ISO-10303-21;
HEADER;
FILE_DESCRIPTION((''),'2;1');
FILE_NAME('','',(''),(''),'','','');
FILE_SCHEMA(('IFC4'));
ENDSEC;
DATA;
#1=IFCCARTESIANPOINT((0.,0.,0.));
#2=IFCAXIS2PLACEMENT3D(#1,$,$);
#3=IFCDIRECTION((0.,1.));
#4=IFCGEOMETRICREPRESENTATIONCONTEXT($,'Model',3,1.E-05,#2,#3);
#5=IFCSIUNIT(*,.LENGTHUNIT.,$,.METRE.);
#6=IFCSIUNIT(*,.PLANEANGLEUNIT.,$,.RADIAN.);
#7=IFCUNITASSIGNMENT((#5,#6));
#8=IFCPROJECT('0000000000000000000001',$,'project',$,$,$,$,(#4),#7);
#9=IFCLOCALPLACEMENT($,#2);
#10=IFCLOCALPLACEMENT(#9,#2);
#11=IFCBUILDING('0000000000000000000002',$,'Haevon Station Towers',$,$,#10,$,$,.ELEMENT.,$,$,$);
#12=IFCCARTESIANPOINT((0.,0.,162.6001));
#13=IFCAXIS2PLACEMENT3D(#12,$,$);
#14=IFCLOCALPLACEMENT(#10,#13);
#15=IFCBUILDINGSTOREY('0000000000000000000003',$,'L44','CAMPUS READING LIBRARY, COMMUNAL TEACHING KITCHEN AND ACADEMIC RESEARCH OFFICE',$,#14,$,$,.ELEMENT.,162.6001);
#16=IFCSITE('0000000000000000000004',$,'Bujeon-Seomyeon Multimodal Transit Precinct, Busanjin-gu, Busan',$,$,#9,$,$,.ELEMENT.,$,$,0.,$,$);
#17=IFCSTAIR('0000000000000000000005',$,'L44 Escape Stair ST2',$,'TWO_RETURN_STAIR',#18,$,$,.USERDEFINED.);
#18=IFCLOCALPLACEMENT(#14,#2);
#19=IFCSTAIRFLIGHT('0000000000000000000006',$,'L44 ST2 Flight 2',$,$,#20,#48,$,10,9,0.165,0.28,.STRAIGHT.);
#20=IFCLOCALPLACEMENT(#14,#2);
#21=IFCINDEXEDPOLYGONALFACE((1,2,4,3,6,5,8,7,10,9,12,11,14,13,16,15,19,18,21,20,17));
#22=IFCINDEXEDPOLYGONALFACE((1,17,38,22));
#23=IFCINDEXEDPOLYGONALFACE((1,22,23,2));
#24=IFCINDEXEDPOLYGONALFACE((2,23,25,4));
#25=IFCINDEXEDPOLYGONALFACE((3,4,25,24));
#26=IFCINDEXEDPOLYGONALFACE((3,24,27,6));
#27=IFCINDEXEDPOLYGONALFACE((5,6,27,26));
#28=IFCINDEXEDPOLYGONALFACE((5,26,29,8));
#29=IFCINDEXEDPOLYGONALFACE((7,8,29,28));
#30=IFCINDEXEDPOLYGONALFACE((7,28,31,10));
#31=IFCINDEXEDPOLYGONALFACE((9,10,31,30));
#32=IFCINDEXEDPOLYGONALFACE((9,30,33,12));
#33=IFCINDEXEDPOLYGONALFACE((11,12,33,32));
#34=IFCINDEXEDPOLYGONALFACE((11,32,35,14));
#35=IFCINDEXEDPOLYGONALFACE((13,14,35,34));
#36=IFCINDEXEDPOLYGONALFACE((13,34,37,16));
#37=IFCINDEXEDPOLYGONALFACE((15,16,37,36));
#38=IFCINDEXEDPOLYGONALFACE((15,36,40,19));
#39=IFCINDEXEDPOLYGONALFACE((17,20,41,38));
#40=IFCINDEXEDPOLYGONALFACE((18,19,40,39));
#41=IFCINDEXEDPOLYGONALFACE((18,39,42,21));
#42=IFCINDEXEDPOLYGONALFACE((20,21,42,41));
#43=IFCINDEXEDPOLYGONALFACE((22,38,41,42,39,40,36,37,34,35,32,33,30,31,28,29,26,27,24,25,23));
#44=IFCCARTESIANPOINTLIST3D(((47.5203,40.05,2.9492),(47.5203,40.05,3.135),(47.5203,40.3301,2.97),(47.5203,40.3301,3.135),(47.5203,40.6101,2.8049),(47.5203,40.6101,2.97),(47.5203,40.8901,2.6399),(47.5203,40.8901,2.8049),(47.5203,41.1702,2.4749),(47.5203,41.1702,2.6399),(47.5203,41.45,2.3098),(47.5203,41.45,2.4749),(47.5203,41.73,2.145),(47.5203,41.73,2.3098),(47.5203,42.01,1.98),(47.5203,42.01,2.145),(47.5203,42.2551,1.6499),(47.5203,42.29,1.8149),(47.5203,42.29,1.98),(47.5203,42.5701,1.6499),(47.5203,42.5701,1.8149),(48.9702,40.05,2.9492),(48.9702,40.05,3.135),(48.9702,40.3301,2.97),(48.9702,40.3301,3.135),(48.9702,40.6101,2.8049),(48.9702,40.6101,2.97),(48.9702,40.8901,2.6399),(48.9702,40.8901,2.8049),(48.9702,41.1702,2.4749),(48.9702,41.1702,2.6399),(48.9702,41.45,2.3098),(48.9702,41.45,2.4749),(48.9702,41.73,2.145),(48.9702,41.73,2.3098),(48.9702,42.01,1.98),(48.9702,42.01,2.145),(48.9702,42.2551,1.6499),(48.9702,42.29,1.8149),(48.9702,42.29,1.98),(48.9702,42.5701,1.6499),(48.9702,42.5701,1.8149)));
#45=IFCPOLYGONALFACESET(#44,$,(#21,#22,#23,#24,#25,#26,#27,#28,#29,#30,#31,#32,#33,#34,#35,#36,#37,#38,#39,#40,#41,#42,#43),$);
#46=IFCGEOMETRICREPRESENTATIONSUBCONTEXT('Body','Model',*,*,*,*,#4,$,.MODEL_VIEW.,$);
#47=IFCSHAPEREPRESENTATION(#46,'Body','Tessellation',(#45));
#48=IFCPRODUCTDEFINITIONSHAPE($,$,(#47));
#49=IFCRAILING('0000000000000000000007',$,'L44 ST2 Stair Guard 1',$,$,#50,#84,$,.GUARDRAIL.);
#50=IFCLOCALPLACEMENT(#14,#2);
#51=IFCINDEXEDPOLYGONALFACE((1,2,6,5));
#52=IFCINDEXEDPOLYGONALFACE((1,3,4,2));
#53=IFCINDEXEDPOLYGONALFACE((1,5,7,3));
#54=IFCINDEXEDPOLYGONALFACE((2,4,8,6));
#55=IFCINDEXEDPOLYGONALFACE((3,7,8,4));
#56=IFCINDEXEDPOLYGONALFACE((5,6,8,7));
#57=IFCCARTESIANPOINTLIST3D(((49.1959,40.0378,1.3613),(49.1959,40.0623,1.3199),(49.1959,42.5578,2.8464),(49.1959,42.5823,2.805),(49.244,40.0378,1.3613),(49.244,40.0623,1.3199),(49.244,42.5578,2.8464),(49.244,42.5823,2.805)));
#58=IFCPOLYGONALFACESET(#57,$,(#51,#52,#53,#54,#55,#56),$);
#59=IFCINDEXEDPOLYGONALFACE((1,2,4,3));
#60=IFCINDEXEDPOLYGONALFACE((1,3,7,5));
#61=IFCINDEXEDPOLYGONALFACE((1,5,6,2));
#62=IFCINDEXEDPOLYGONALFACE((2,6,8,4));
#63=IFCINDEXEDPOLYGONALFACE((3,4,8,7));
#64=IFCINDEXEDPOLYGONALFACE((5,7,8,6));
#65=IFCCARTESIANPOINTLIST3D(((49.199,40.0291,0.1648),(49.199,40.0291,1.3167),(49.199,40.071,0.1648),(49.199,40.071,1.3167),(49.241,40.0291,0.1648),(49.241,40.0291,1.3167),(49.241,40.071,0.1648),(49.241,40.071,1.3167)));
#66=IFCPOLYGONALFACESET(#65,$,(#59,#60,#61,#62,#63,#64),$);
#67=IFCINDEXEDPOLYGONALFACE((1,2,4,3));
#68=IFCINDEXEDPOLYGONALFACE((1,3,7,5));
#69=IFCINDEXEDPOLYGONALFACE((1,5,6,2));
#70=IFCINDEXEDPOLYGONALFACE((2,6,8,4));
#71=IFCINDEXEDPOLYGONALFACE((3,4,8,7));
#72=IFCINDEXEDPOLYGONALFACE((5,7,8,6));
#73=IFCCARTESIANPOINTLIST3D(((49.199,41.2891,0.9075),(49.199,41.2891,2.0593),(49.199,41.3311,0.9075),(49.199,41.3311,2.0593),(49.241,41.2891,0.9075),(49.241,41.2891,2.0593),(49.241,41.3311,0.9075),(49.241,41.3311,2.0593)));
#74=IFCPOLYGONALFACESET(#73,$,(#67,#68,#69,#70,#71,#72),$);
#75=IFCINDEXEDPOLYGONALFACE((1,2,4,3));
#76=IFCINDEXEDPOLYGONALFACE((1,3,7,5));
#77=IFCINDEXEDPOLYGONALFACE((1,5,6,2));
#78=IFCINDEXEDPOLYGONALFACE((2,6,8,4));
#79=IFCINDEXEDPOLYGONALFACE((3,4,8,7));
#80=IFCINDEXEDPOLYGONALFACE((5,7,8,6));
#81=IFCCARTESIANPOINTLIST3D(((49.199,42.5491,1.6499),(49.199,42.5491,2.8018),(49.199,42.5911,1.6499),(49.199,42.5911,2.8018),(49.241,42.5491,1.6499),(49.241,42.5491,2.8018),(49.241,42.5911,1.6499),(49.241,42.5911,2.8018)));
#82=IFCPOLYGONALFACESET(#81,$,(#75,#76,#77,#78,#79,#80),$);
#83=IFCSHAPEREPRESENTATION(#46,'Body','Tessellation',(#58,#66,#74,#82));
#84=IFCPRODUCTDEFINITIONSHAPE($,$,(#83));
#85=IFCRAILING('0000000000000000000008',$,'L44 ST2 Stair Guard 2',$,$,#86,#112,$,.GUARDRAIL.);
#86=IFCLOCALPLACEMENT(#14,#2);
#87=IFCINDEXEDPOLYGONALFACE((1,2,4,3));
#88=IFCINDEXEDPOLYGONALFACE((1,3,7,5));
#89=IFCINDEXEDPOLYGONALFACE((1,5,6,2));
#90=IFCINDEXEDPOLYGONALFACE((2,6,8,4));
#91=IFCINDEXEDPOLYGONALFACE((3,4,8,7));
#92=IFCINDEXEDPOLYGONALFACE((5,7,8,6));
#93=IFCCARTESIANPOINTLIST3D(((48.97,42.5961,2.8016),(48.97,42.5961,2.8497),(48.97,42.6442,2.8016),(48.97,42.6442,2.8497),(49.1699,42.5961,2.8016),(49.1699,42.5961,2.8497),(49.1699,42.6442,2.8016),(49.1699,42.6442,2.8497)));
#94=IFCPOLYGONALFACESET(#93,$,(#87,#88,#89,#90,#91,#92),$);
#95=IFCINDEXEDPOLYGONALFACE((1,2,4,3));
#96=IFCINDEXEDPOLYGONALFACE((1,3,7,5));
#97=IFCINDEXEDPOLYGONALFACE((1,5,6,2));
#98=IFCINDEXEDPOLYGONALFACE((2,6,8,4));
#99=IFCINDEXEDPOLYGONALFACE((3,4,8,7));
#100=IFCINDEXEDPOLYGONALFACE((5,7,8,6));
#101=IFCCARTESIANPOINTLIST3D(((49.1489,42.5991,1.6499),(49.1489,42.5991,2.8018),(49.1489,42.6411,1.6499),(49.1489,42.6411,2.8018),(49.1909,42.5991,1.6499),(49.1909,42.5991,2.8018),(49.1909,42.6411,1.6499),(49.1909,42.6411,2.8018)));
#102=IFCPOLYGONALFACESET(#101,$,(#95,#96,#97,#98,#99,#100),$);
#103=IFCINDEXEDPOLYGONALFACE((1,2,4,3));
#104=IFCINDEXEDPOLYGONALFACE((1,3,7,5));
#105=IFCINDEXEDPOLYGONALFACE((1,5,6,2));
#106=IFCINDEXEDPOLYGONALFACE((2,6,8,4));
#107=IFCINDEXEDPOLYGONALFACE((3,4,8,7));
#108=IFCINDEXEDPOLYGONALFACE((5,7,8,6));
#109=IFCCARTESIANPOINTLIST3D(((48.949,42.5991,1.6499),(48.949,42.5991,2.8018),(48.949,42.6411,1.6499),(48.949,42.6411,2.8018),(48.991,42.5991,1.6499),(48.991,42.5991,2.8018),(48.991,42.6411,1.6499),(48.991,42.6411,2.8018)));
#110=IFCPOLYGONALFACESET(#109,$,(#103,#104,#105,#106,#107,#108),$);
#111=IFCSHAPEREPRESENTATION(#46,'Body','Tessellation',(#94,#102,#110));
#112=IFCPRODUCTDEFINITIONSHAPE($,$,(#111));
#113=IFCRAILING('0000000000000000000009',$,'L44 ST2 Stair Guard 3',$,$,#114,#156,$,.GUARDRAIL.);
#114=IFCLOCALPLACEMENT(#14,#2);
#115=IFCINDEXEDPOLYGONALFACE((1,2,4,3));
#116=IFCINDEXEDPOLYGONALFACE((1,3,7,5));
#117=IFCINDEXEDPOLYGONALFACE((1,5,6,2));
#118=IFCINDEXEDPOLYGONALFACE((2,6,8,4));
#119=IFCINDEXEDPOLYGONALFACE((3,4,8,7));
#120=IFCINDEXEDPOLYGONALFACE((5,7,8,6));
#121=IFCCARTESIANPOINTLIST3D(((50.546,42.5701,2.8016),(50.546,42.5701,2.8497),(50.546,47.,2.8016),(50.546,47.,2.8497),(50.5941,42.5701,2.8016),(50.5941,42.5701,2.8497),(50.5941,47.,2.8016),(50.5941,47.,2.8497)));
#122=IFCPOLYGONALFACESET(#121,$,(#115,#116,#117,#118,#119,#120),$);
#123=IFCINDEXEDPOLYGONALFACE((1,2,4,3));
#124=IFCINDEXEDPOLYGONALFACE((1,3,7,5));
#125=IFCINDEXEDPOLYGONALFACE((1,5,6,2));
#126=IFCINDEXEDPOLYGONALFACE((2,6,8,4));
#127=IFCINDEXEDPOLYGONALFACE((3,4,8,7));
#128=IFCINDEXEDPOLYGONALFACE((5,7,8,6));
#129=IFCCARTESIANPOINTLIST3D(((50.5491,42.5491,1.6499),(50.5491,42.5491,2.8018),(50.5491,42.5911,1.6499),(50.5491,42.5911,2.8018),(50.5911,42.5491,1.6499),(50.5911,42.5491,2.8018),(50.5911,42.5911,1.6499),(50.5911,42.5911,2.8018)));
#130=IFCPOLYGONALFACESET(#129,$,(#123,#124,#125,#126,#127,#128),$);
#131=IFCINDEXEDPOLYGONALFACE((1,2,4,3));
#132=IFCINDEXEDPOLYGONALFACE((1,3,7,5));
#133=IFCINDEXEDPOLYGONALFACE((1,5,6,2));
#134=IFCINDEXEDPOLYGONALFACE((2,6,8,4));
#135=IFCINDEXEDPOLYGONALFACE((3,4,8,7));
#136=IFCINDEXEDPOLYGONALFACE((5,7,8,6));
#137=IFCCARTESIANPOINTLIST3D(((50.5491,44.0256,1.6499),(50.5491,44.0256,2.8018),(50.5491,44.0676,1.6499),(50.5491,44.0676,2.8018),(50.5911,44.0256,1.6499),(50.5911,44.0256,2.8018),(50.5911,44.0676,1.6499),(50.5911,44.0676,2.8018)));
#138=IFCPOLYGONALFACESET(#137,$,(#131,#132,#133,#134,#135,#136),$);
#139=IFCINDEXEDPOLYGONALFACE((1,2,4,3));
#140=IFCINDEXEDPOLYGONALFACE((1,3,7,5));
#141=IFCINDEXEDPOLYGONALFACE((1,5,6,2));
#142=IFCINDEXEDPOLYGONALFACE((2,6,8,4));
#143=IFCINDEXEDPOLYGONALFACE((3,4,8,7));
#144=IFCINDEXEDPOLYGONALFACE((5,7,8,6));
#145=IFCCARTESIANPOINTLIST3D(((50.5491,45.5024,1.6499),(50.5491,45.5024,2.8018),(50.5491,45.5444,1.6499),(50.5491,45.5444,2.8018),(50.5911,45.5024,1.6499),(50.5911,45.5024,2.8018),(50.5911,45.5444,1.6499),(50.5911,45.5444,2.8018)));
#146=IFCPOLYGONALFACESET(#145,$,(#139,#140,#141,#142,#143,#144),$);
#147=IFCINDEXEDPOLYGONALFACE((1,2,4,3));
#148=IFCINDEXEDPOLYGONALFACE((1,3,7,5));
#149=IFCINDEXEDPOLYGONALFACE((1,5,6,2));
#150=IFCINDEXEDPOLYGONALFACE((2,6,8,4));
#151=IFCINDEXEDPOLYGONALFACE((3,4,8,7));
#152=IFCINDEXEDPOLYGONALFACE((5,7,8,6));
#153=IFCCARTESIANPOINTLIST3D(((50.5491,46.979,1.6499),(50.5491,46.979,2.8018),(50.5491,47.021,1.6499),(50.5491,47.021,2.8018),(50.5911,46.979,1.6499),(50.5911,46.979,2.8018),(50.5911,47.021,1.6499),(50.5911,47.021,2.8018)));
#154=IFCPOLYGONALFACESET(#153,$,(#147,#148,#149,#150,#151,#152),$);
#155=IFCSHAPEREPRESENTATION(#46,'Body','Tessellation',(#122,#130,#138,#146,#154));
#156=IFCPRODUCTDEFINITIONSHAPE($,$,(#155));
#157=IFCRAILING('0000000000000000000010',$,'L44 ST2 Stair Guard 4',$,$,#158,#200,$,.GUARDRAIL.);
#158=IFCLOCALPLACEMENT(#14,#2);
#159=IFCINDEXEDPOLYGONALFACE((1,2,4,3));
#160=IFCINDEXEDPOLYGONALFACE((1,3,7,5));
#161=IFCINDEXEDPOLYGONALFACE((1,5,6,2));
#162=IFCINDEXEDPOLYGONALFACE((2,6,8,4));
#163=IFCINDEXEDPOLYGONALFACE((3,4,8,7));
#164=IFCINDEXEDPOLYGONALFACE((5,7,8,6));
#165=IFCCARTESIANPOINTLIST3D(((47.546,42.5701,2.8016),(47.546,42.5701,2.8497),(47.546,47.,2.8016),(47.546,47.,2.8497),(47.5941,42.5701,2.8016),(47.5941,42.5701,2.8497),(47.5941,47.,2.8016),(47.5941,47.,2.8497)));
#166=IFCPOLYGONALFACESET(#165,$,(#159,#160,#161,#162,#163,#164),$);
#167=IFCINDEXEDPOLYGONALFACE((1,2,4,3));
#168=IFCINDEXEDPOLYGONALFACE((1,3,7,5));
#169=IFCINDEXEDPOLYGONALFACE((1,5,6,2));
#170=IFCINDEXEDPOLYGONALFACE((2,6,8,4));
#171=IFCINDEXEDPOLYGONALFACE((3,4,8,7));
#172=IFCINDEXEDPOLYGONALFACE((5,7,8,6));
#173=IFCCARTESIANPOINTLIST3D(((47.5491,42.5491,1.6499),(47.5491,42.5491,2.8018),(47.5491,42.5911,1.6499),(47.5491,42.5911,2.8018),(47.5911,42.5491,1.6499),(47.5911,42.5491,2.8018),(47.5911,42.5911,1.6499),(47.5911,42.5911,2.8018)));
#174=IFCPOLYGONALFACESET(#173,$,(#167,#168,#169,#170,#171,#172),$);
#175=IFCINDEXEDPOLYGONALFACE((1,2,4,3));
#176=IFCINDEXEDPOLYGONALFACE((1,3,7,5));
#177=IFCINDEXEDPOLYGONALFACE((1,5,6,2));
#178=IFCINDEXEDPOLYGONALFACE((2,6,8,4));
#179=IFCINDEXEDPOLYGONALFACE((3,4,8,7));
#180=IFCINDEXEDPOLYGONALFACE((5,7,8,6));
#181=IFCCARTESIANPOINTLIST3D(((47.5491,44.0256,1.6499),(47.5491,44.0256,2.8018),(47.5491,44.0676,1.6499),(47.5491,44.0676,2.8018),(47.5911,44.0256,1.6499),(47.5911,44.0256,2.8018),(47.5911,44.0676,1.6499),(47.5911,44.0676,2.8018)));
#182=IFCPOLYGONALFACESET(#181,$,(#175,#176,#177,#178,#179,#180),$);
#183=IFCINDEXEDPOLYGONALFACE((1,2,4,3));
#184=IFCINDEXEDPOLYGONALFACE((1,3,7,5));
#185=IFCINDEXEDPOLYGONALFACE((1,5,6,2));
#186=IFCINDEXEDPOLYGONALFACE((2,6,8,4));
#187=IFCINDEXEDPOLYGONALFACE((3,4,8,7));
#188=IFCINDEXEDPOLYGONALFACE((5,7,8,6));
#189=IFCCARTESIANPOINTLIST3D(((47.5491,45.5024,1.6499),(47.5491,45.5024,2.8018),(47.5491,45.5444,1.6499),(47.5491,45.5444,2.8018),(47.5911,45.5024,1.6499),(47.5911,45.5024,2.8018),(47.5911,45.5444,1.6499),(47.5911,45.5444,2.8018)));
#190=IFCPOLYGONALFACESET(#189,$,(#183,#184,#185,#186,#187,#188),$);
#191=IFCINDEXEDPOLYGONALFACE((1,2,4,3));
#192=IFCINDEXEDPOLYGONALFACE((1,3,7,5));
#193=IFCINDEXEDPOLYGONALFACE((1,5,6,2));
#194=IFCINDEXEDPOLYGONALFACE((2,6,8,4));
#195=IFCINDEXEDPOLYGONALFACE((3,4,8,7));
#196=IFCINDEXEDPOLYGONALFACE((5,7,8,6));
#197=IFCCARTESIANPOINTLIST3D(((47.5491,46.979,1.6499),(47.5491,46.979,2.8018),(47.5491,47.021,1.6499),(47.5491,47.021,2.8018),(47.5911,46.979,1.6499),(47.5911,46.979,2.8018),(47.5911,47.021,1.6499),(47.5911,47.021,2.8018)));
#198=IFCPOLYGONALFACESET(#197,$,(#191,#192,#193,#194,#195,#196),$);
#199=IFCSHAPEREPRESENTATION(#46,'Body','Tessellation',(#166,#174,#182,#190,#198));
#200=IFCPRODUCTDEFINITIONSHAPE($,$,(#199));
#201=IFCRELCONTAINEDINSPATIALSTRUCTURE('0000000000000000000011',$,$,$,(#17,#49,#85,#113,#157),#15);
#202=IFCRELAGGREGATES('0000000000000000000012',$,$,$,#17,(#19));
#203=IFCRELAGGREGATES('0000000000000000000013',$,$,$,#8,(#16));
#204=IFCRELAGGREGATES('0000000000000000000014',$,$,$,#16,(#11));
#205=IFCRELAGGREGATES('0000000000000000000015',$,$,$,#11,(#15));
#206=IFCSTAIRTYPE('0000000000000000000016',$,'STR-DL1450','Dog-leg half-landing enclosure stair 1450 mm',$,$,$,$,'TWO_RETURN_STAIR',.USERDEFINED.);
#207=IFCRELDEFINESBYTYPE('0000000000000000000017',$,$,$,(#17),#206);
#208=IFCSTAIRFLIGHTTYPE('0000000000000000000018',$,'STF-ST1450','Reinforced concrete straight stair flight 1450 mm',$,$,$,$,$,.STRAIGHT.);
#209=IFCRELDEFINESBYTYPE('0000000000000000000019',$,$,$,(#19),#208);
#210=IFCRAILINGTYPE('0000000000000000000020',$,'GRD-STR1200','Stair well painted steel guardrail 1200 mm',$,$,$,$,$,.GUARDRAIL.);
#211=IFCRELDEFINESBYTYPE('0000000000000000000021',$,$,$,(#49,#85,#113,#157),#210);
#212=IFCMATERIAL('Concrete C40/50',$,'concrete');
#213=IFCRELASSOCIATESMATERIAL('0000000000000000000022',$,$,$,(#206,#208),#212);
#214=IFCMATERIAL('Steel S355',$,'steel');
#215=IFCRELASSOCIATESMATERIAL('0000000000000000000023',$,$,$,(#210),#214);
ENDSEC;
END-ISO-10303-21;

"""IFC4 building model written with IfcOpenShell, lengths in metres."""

from ifc_helpers import new_model, si_unit, direction, frame, origin, origin_2d, place, context, subcontext, project, spatial, polyline, rectangle, outline, extrude, material, type_object, element, aggregate, save


model = new_model("IFC4")

# Units and contexts
model_context = context("Model", 3, precision=1e-05, world=origin(), true_north=direction((0.0, 1.0)))
body_context = subcontext(model_context, "Body", "Model", "MODEL_VIEW")
ifc_project = project(units=[si_unit("LENGTHUNIT", "METRE"), si_unit("PLANEANGLEUNIT", "RADIAN")], contexts=[model_context])

# Site, building, storey
site_placement = place(None, origin())
site = spatial("IfcSite", under=ifc_project, at=site_placement, Name="Bujeon-Seomyeon Multimodal Transit Precinct, Busanjin-gu, Busan", CompositionType="ELEMENT", RefElevation=0.0)
building_placement = place(site_placement, origin())
building = spatial("IfcBuilding", under=site, at=building_placement, Name="Haevon Station Towers", CompositionType="ELEMENT")
storey_placement = place(building_placement, frame((0.0, 0.0, 162.6001)))
storey = spatial("IfcBuildingStorey", under=building, at=storey_placement, Name="L44", Description="CAMPUS READING LIBRARY, COMMUNAL TEACHING KITCHEN AND ACADEMIC RESEARCH OFFICE", CompositionType="ELEMENT", Elevation=162.6001)

# Shared definitions
ifc_material_1 = material(Name="Steel S355", Category="steel")

# Shared definitions
ifc_material_2 = material(Name="Concrete C40/50", Category="concrete")

# Stair, stair flight
stair_type = type_object("IfcStairType", Name="STR-DL1450", Description="Dog-leg half-landing enclosure stair 1450 mm", ElementType="TWO_RETURN_STAIR", PredefinedType="USERDEFINED", material=ifc_material_2)
stair_placement = place(storey_placement, origin())
stair = element("IfcStair", 1, at=stair_placement, inside=storey, type_object=stair_type, Name="L44 Escape Stair ST2", ObjectType="TWO_RETURN_STAIR", PredefinedType="USERDEFINED")
stair_flight_type = type_object("IfcStairFlightType", Name="STF-ST1450", Description="Reinforced concrete straight stair flight 1450 mm", PredefinedType="STRAIGHT", material=ifc_material_2)
stair_flight_1_placement = place(storey_placement, frame((48.2451, 42.5701, 1.6499), z_axis=(0.0, 0.0, 1.0), x_axis=(0.0, -1.0, 0.0)))
stair_flight_1 = element("IfcStairFlight", 2, at=stair_flight_1_placement, type_object=stair_flight_type, Name="L44 ST2 Flight 2", NumberOfRisers=10, NumberOfTreads=9, PredefinedType="STRAIGHT", RiserHeight=0.165, TreadLength=0.28, context=body_context, shape_type="SweptSolid", body=[
    extrude(outline(polyline([(0.0, 0.0), (0.0, 0.165), (0.28, 0.165), (0.28, 0.3301), (0.5601, 0.3301), (0.5601, 0.4951), (0.8401, 0.4951), (0.8401, 0.6599), (1.1201, 0.6599), (1.1201, 0.825), (1.3999, 0.825), (1.3999, 0.99), (1.6799, 0.99), (1.6799, 1.155), (1.96, 1.155), (1.96, 1.3201), (2.24, 1.3201), (2.24, 1.4851), (2.52, 1.4851), (2.52, 1.6499), (2.52, 1.2993), (0.3149, 0.0), (0.0, 0.0)])), frame((0.0, 0.7251, 0.0), z_axis=(0.0, -1.0, 0.0), x_axis=(1.0, 0.0, 0.0)), (0.0, 0.0, 1.0), 1.45),
])
aggregate(stair, [stair_flight_1])

# Railings
railing_type_1 = type_object("IfcRailingType", Name="GRD-STR1200", Description="Stair well painted steel guardrail 1200 mm", PredefinedType="GUARDRAIL", material=ifc_material_1)
railing_1_placement = place(storey_placement, frame((49.22, 40.05, 0.1648)))
element("IfcRailing", 3, at=railing_1_placement, inside=storey, type_object=railing_type_1, Name="L44 ST2 Stair Guard 1", PredefinedType="GUARDRAIL", context=body_context, shape_type="SweptSolid", body=[
    extrude(rectangle(XDim=0.0481, YDim=0.0481, at=origin_2d()), frame((0.0, 0.0, 1.1758), z_axis=(0.0, 0.861524, 0.507717), x_axis=(-1.0, 0.0, 0.0)), (0.0, 0.0, 1.0), 2.925),
    extrude(rectangle(XDim=0.042, YDim=0.042, at=origin_2d()), origin(), (0.0, 0.0, 1.0), 1.1519),
    extrude(rectangle(XDim=0.042, YDim=0.042, at=origin_2d()), frame((0.0, 1.26, 0.7427)), (0.0, 0.0, 1.0), 1.1519),
    extrude(rectangle(XDim=0.042, YDim=0.042, at=origin_2d()), frame((0.0, 2.52, 1.4851)), (0.0, 0.0, 1.0), 1.1519),
])
railing_2_placement = place(storey_placement, frame((49.1699, 42.6201, 1.6499)))
element("IfcRailing", 4, at=railing_2_placement, inside=storey, type_object=railing_type_1, Name="L44 ST2 Stair Guard 2", PredefinedType="GUARDRAIL", context=body_context, shape_type="SweptSolid", body=[
    extrude(rectangle(XDim=0.0481, YDim=0.0481, at=origin_2d()), frame((0.0, 0.0, 1.1758), z_axis=(-1.0, 0.0, 0.0), x_axis=(0.0, -1.0, 0.0)), (0.0, 0.0, 1.0), 0.2),
    extrude(rectangle(XDim=0.042, YDim=0.042, at=origin_2d()), origin(), (0.0, 0.0, 1.0), 1.1519),
    extrude(rectangle(XDim=0.042, YDim=0.042, at=origin_2d()), frame((-0.2, 0.0, 0.0)), (0.0, 0.0, 1.0), 1.1519),
])
for number, where, name in (
    (5, (50.5701, 42.5701, 1.6499), "L44 ST2 Stair Guard 3"),
    (6, (47.5701, 42.5701, 1.6499), "L44 ST2 Stair Guard 4"),
):
    element("IfcRailing", number, at=place(storey_placement, frame(where)), inside=storey, type_object=railing_type_1, Name=name, PredefinedType="GUARDRAIL", context=body_context, shape_type="SweptSolid", body=[
        extrude(rectangle(XDim=0.0481, YDim=0.0481, at=origin_2d()), frame((0.0, 0.0, 1.1758), z_axis=(0.0, 1.0, 0.0), x_axis=(-1.0, 0.0, 0.0)), (0.0, 0.0, 1.0), 4.4299),
        extrude(rectangle(XDim=0.042, YDim=0.042, at=origin_2d()), origin(), (0.0, 0.0, 1.0), 1.1519),
        extrude(rectangle(XDim=0.042, YDim=0.042, at=origin_2d()), frame((0.0, 1.4766, 0.0)), (0.0, 0.0, 1.0), 1.1519),
        extrude(rectangle(XDim=0.042, YDim=0.042, at=origin_2d()), frame((0.0, 2.9534, 0.0)), (0.0, 0.0, 1.0), 1.1519),
        extrude(rectangle(XDim=0.042, YDim=0.042, at=origin_2d()), frame((0.0, 4.4299, 0.0)), (0.0, 0.0, 1.0), 1.1519),
    ])

save(model, "model.ifc")
